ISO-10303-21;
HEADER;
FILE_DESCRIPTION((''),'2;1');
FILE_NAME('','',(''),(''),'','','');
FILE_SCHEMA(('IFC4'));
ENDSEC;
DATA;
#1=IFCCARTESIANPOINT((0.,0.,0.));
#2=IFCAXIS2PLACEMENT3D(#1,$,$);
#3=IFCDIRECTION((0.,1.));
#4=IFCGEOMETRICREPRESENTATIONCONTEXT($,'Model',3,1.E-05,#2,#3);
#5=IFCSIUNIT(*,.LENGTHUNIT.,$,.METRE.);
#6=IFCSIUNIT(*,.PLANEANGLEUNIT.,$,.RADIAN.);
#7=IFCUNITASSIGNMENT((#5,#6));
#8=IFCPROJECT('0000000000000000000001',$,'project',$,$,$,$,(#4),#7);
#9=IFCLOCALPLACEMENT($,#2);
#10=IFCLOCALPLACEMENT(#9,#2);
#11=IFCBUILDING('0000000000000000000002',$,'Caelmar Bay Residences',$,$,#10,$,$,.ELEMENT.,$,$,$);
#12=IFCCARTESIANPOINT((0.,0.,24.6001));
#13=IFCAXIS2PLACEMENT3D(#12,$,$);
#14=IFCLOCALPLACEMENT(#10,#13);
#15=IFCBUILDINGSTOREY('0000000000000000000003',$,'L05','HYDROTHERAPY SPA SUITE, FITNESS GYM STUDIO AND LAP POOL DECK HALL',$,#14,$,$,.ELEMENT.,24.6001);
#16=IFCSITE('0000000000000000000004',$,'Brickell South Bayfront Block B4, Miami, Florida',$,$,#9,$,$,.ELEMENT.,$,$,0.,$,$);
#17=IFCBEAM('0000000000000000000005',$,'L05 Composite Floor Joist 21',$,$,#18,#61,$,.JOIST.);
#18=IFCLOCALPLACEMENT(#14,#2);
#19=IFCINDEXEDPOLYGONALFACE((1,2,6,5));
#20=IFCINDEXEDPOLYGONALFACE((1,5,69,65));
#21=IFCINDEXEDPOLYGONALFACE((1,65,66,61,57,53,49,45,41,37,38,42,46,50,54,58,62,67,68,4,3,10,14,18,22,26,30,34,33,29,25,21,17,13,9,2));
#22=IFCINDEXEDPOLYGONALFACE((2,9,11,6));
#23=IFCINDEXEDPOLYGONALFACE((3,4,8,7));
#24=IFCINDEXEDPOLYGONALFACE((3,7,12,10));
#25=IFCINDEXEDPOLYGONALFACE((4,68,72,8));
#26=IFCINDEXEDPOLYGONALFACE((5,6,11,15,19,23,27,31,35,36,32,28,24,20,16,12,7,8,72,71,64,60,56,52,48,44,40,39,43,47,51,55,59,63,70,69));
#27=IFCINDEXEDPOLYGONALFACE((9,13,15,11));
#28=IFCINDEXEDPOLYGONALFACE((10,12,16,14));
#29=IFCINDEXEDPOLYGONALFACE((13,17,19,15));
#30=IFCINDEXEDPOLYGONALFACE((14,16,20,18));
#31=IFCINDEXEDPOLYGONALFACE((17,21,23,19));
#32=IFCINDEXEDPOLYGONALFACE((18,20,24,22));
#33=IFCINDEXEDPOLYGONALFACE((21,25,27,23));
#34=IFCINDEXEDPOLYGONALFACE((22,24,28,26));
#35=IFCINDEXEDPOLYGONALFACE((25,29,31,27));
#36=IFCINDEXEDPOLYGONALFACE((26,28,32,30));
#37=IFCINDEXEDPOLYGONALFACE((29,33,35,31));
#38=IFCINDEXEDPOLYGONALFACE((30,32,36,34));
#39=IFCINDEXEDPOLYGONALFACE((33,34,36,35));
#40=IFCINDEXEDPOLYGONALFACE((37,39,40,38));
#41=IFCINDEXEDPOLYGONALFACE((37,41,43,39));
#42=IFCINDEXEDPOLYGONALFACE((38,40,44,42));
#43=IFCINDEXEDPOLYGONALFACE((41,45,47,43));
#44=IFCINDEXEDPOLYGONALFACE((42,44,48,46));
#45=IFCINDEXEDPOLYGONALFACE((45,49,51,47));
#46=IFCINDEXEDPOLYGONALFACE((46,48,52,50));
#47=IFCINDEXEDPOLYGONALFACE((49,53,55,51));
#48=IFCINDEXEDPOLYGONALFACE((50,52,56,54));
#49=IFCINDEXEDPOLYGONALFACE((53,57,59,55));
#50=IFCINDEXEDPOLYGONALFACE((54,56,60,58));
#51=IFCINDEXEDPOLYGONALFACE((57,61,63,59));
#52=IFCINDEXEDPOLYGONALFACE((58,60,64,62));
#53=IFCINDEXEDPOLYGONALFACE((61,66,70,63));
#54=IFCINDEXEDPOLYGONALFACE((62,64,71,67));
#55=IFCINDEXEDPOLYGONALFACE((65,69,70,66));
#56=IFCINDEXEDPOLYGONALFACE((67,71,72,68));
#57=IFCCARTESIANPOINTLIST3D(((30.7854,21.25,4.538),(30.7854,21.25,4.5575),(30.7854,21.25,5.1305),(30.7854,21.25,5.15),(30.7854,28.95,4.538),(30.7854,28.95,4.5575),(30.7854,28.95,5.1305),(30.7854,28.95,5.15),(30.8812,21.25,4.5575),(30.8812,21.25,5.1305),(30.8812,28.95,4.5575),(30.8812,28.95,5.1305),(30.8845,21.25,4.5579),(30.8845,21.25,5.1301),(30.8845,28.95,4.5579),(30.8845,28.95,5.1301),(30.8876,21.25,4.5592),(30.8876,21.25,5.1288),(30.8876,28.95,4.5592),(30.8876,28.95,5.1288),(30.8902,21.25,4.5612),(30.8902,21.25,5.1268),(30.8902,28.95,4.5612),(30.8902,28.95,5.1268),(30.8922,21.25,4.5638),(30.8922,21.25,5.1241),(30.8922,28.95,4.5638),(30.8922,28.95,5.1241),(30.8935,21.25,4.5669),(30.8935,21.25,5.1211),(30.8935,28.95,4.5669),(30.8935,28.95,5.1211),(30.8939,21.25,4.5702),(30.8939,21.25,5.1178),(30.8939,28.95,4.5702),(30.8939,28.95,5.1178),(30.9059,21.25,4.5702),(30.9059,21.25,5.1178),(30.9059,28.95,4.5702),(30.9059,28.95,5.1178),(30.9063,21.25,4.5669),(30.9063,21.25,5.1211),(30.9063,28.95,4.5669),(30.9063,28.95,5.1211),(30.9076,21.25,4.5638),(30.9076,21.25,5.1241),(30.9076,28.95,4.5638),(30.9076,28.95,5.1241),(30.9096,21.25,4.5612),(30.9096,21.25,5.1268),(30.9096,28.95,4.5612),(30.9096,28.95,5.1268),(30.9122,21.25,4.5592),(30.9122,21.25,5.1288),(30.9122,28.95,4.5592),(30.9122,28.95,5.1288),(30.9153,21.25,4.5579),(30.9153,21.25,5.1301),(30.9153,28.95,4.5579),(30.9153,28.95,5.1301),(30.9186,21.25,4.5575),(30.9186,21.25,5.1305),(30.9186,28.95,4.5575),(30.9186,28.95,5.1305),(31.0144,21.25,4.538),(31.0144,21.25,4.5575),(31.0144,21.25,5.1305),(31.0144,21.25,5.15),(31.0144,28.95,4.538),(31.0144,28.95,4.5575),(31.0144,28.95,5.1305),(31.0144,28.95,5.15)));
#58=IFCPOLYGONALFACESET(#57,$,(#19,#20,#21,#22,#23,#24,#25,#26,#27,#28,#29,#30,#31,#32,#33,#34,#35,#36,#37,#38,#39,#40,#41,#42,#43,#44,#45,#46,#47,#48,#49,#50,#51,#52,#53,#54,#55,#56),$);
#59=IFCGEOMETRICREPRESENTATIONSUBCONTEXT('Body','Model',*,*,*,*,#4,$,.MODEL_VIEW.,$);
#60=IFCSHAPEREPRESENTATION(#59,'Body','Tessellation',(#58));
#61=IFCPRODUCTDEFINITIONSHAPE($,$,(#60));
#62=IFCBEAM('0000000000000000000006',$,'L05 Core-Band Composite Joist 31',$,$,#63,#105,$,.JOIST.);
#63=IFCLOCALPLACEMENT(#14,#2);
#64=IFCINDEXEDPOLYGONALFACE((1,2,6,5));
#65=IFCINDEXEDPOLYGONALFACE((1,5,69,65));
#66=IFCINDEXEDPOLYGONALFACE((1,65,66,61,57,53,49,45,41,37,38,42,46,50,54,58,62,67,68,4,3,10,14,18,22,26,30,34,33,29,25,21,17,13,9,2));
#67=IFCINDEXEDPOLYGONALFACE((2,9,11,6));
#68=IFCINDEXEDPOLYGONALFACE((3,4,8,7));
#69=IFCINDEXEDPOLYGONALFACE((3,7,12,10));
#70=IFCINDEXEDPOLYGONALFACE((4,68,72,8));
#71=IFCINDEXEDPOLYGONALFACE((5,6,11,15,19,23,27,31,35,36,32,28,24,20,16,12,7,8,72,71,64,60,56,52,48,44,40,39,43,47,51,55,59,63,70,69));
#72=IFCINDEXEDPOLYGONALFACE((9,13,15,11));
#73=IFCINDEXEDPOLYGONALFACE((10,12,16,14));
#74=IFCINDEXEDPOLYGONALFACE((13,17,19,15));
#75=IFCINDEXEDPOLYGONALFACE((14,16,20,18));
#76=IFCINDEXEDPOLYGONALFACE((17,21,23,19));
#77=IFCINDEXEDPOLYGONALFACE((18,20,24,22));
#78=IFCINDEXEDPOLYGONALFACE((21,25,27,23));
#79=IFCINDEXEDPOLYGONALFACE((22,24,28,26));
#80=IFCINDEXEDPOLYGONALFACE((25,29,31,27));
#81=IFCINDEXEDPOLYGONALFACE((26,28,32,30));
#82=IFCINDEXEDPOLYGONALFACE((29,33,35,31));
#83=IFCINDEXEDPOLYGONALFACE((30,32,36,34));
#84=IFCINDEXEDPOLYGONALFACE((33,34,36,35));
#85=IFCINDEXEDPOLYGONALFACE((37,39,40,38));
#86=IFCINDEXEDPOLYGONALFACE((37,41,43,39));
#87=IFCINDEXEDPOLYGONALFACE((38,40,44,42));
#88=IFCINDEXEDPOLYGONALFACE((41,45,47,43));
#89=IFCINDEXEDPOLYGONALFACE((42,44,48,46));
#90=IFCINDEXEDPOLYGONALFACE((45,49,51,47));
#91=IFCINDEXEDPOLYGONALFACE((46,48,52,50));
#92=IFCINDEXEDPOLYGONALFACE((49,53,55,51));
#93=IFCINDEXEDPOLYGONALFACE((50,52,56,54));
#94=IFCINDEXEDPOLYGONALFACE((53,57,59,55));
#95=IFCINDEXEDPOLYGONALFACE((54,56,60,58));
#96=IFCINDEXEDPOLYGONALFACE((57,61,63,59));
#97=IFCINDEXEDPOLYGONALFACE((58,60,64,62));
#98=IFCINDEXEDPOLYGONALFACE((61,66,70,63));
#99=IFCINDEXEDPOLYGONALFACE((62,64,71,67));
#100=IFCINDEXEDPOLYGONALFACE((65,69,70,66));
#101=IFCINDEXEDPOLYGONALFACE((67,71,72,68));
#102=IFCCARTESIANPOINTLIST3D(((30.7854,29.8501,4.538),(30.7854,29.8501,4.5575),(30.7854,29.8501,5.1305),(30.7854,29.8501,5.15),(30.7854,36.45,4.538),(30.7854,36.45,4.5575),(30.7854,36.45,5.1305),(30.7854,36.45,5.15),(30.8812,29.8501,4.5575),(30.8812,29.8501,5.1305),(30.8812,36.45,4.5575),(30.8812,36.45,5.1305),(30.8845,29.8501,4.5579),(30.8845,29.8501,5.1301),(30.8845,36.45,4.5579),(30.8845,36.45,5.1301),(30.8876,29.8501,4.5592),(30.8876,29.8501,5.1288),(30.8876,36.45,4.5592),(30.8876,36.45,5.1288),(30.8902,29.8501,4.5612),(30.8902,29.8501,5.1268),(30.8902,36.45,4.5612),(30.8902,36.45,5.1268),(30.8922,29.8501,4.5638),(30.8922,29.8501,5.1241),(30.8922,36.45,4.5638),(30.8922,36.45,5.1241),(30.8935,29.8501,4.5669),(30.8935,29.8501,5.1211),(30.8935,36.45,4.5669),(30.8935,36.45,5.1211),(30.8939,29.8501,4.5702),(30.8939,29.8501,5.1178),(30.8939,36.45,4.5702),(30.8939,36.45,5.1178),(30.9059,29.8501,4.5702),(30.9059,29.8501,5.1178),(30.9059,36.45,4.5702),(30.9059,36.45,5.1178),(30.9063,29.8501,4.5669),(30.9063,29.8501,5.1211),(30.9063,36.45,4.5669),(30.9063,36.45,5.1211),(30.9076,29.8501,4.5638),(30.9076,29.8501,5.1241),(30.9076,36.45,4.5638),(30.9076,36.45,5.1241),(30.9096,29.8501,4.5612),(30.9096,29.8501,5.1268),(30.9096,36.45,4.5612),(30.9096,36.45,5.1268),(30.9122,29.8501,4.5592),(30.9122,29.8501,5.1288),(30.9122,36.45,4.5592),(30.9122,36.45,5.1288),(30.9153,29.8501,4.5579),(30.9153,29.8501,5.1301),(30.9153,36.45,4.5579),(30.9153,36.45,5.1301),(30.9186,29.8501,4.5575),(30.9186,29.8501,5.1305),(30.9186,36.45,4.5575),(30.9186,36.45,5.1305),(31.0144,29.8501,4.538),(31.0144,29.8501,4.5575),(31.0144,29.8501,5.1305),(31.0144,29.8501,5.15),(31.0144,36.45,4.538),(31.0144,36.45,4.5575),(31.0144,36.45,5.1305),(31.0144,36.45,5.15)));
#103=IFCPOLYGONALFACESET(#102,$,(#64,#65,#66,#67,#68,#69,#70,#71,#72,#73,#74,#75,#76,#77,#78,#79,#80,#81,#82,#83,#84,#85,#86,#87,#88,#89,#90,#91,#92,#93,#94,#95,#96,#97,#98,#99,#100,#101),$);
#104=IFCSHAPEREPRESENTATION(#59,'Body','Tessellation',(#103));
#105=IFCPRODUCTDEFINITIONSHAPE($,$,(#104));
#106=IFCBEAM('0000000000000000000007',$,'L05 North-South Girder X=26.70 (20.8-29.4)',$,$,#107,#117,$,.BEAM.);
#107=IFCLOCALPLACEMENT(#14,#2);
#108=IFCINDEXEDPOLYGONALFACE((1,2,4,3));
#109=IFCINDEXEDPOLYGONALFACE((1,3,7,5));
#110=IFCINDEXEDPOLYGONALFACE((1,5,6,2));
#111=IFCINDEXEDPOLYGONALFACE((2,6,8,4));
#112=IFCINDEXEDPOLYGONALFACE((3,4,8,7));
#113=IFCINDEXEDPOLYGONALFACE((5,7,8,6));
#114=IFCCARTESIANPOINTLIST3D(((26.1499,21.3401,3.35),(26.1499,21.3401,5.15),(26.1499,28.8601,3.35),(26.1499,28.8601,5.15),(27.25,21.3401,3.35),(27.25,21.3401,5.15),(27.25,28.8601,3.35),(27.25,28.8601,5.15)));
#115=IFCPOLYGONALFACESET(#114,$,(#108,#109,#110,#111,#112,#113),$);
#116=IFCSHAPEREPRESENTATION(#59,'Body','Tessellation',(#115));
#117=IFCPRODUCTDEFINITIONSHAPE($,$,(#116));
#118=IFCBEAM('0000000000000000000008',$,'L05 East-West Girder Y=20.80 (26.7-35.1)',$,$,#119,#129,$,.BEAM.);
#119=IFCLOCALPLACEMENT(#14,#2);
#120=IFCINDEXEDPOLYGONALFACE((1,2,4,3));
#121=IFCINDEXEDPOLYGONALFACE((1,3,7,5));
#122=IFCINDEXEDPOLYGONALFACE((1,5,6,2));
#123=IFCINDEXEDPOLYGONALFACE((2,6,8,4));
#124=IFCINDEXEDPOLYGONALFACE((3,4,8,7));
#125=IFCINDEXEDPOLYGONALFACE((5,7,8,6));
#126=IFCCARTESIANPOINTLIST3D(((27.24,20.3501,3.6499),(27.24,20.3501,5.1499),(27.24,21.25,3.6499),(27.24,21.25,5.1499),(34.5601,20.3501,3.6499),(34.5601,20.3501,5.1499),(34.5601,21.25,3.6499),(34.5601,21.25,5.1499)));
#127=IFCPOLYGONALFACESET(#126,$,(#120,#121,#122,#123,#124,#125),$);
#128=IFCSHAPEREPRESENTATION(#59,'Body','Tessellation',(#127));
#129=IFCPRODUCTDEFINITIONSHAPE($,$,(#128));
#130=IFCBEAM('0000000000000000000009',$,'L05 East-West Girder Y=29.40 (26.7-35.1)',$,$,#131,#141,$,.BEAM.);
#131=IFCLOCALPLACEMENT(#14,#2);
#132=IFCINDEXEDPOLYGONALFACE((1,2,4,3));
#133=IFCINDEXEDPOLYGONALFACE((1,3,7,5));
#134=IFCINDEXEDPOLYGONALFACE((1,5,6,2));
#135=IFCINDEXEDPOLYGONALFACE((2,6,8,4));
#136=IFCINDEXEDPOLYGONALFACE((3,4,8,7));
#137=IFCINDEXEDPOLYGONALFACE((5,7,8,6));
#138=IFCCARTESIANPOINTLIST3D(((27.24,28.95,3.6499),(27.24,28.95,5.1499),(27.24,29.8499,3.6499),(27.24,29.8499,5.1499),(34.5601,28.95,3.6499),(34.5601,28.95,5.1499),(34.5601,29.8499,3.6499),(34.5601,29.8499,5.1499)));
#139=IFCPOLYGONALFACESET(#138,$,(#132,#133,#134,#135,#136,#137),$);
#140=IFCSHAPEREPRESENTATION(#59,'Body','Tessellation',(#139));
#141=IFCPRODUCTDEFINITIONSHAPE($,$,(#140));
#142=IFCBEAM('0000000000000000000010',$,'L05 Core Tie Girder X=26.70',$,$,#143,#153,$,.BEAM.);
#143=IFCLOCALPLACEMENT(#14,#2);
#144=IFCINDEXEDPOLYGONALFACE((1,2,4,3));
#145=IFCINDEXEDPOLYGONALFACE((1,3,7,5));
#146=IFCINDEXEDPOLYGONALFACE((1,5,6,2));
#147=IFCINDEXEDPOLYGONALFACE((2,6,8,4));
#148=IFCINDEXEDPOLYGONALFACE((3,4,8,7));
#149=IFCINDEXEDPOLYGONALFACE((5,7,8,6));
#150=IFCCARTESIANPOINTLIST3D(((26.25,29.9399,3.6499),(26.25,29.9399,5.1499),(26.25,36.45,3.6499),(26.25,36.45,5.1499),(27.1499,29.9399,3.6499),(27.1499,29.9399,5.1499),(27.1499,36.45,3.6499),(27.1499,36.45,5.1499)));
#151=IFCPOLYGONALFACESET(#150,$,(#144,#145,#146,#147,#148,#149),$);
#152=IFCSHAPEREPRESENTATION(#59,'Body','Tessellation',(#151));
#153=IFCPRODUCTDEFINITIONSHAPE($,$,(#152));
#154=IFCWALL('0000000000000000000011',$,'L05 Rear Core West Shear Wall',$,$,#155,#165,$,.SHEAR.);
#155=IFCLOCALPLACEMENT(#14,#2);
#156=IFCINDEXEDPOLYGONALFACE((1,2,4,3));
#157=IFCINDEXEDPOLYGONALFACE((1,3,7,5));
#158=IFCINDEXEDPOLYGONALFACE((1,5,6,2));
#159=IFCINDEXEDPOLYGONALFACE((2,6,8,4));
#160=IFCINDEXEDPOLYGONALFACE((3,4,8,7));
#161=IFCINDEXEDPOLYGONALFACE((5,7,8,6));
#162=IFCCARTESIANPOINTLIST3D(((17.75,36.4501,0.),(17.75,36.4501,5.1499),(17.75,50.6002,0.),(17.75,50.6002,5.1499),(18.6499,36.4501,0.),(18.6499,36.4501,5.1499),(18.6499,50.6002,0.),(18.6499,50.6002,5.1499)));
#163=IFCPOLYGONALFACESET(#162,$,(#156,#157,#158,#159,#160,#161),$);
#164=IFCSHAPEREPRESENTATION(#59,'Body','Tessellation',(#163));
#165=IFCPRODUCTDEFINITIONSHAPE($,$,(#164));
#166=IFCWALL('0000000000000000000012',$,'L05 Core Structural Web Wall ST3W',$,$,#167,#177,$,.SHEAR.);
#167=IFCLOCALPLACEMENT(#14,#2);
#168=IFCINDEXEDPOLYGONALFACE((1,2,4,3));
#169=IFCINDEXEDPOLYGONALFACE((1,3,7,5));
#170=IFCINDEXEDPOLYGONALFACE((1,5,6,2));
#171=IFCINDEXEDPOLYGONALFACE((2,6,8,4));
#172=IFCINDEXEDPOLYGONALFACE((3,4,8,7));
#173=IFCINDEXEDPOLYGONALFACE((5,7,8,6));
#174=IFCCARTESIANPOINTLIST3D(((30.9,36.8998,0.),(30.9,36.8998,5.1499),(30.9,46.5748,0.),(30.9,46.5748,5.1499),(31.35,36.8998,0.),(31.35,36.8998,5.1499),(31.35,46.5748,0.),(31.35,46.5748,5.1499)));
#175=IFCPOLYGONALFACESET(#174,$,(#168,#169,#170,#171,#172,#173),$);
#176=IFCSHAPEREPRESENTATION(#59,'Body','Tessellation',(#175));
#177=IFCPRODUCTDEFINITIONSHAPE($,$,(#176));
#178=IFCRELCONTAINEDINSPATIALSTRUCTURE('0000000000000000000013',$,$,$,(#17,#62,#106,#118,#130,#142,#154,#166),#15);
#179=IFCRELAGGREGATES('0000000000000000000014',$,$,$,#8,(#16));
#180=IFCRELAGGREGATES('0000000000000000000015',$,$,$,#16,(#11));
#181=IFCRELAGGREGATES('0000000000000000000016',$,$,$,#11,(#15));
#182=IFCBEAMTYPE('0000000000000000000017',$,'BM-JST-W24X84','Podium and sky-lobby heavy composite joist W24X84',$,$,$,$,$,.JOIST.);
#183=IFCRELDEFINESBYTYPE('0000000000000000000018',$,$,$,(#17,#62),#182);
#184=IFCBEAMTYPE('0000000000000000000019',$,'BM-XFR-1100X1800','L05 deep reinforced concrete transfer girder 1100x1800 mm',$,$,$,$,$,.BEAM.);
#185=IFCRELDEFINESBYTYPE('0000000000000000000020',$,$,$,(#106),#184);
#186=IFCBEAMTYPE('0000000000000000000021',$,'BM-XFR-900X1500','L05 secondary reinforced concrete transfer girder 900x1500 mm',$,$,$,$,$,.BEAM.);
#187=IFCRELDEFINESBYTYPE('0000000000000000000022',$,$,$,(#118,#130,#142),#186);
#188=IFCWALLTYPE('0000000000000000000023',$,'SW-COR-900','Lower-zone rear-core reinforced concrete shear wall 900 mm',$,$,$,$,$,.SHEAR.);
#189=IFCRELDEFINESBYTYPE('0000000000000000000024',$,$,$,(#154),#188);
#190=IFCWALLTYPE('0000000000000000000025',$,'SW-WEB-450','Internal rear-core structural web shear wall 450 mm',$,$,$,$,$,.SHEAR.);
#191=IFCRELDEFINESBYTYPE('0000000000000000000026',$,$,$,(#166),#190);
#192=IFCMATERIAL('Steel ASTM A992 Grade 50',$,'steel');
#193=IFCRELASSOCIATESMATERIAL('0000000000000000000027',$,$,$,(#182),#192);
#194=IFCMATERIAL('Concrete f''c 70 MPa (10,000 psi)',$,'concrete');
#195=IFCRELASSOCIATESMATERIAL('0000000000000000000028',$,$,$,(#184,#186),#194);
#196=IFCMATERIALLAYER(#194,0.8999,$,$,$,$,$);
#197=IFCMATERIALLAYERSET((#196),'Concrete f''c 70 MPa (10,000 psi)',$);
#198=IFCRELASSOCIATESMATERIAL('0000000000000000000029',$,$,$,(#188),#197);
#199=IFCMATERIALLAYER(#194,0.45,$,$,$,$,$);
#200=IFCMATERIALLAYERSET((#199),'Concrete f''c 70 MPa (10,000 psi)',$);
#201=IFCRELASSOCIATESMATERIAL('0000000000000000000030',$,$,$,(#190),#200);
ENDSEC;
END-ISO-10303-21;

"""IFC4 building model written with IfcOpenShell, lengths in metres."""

from ifc_helpers import new_model, si_unit, direction, frame, frame_2d, origin, origin_2d, place, context, subcontext, project, spatial, rectangle, i_section, extrude, material, layer, layer_set, material_profile, profile_set, type_object, element, save


model = new_model("IFC4")

# Units and contexts
model_context = context("Model", 3, precision=1e-05, world=origin(), true_north=direction((0.0, 1.0)))
body_context = subcontext(model_context, "Body", "Model", "MODEL_VIEW")
ifc_project = project(units=[si_unit("LENGTHUNIT", "METRE"), si_unit("PLANEANGLEUNIT", "RADIAN")], contexts=[model_context])

# Site, building, storey
site_placement = place(None, origin())
site = spatial("IfcSite", under=ifc_project, at=site_placement, Name="Brickell South Bayfront Block B4, Miami, Florida", CompositionType="ELEMENT", RefElevation=0.0)
building_placement = place(site_placement, origin())
building = spatial("IfcBuilding", under=site, at=building_placement, Name="Caelmar Bay Residences", CompositionType="ELEMENT")
storey_placement = place(building_placement, frame((0.0, 0.0, 24.6001)))
storey = spatial("IfcBuildingStorey", under=building, at=storey_placement, Name="L05", Description="HYDROTHERAPY SPA SUITE, FITNESS GYM STUDIO AND LAP POOL DECK HALL", CompositionType="ELEMENT", Elevation=24.6001)

# Shared definitions
ifc_material_1 = material(Name="Concrete f'c 70 MPa (10,000 psi)", Category="concrete")

# Beams
ifc_material_2 = material(Name="Steel ASTM A992 Grade 50", Category="steel")
ifc_material_profile_1 = material_profile(ifc_material_2, i_section(OverallWidth=0.229, OverallDepth=0.6121, WebThickness=0.012, FlangeThickness=0.0195, FilletRadius=0.0127, at=origin_2d()), Name="W24X84")
ifc_profile_set_1 = profile_set([ifc_material_profile_1], Name="Steel ASTM A992 Grade 50")
beam_type_1 = type_object("IfcBeamType", Name="BM-JST-W24X84", Description="Podium and sky-lobby heavy composite joist W24X84", PredefinedType="JOIST", material=ifc_profile_set_1)
for number, where, z_axis, x_axis, name in (
    (1, (30.8999, 21.25, 4.844), (0.0, 1.0, 0.0), (-1.0, 0.0, 0.0), "L05 Composite Floor Joist 21"),
):
    element("IfcBeam", number, at=place(storey_placement, frame(where, z_axis=z_axis, x_axis=x_axis)), inside=storey, type_object=beam_type_1, Name=name, PredefinedType="JOIST", context=body_context, shape_type="SweptSolid", body=[
        extrude(i_section(OverallWidth=0.229, OverallDepth=0.6121, WebThickness=0.012, FlangeThickness=0.0195, FilletRadius=0.0127, at=origin_2d()), origin(), (0.0, 0.0, 1.0), 7.7),
    ])
beam_1_placement = place(storey_placement, frame((30.8999, 29.8501, 4.844), z_axis=(0.0, 1.0, 0.0), x_axis=(-1.0, 0.0, 0.0)))
element("IfcBeam", 2, at=beam_1_placement, inside=storey, type_object=beam_type_1, Name="L05 Core-Band Composite Joist 31", PredefinedType="JOIST", context=body_context, shape_type="SweptSolid", body=[
    extrude(i_section(OverallWidth=0.229, OverallDepth=0.6121, WebThickness=0.012, FlangeThickness=0.0195, FilletRadius=0.0127, at=origin_2d()), origin(), (0.0, 0.0, 1.0), 6.5999),
])
ifc_material_profile_2 = material_profile(ifc_material_1, rectangle(XDim=1.1001, YDim=1.8, at=origin_2d()), Name="RC-BM-1100X1800")
ifc_profile_set_2 = profile_set([ifc_material_profile_2], Name="Concrete f'c 70 MPa (10,000 psi)")
beam_type_2 = type_object("IfcBeamType", Name="BM-XFR-1100X1800", Description="L05 deep reinforced concrete transfer girder 1100x1800 mm", PredefinedType="BEAM", material=ifc_profile_set_2)
beam_2_placement = place(storey_placement, frame((26.7, 21.3401, 4.25), z_axis=(0.0, 1.0, 0.0), x_axis=(-1.0, 0.0, 0.0)))
element("IfcBeam", 3, at=beam_2_placement, inside=storey, type_object=beam_type_2, Name="L05 North-South Girder X=26.70 (20.8-29.4)", PredefinedType="BEAM", context=body_context, shape_type="SweptSolid", body=[
    extrude(rectangle(XDim=1.1001, YDim=1.8, at=origin_2d()), origin(), (0.0, 0.0, 1.0), 7.52),
])
ifc_material_profile_3 = material_profile(ifc_material_1, rectangle(XDim=0.8999, YDim=1.5, at=origin_2d()), Name="RC-BM-900X1500")
ifc_profile_set_3 = profile_set([ifc_material_profile_3], Name="Concrete f'c 70 MPa (10,000 psi)")
beam_type_3 = type_object("IfcBeamType", Name="BM-XFR-900X1500", Description="L05 secondary reinforced concrete transfer girder 900x1500 mm", PredefinedType="BEAM", material=ifc_profile_set_3)
for number, where, z_axis, x_axis, name in (
    (4, (27.24, 20.8, 4.3999), (1.0, 0.0, 0.0), (0.0, 1.0, 0.0), "L05 East-West Girder Y=20.80 (26.7-35.1)"),
    (5, (27.24, 29.3999, 4.3999), (1.0, 0.0, 0.0), (0.0, 1.0, 0.0), "L05 East-West Girder Y=29.40 (26.7-35.1)"),
):
    element("IfcBeam", number, at=place(storey_placement, frame(where, z_axis=z_axis, x_axis=x_axis)), inside=storey, type_object=beam_type_3, Name=name, PredefinedType="BEAM", context=body_context, shape_type="SweptSolid", body=[
        extrude(rectangle(XDim=0.8999, YDim=1.5, at=origin_2d()), origin(), (0.0, 0.0, 1.0), 7.3201),
    ])
beam_3_placement = place(storey_placement, frame((26.7, 29.9399, 4.3999), z_axis=(0.0, 1.0, 0.0), x_axis=(-1.0, 0.0, 0.0)))
element("IfcBeam", 6, at=beam_3_placement, inside=storey, type_object=beam_type_3, Name="L05 Core Tie Girder X=26.70", PredefinedType="BEAM", context=body_context, shape_type="SweptSolid", body=[
    extrude(rectangle(XDim=0.8999, YDim=1.5, at=origin_2d()), origin(), (0.0, 0.0, 1.0), 6.51),
])

# Walls
ifc_layer_1 = layer(ifc_material_1, 0.8999)
ifc_layer_set_1 = layer_set([ifc_layer_1], Name="Concrete f'c 70 MPa (10,000 psi)")
wall_type_1 = type_object("IfcWallType", Name="SW-COR-900", Description="Lower-zone rear-core reinforced concrete shear wall 900 mm", PredefinedType="SHEAR", material=ifc_layer_set_1)
wall_1_placement = place(storey_placement, frame((18.2, 36.45, 0.0), z_axis=(0.0, 0.0, 1.0), x_axis=(0.0, 1.0, 0.0)))
element("IfcWall", 7, at=wall_1_placement, inside=storey, type_object=wall_type_1, Name="L05 Rear Core West Shear Wall", PredefinedType="SHEAR", context=body_context, shape_type="SweptSolid", body=[
    extrude(rectangle(XDim=14.1501, YDim=0.8999, at=frame_2d((7.0752, 0.0))), origin(), (0.0, 0.0, 1.0), 5.1499),
])
ifc_layer_2 = layer(ifc_material_1, 0.45)
ifc_layer_set_2 = layer_set([ifc_layer_2], Name="Concrete f'c 70 MPa (10,000 psi)")
wall_type_2 = type_object("IfcWallType", Name="SW-WEB-450", Description="Internal rear-core structural web shear wall 450 mm", PredefinedType="SHEAR", material=ifc_layer_set_2)
wall_2_placement = place(storey_placement, frame((31.125, 36.8999, 0.0), z_axis=(0.0, 0.0, 1.0), x_axis=(0.0, 1.0, 0.0)))
element("IfcWall", 8, at=wall_2_placement, inside=storey, type_object=wall_type_2, Name="L05 Core Structural Web Wall ST3W", PredefinedType="SHEAR", context=body_context, shape_type="SweptSolid", body=[
    extrude(rectangle(XDim=9.675, YDim=0.45, at=frame_2d((4.8374, 0.0))), origin(), (0.0, 0.0, 1.0), 5.1499),
])

save(model, "model.ifc")
